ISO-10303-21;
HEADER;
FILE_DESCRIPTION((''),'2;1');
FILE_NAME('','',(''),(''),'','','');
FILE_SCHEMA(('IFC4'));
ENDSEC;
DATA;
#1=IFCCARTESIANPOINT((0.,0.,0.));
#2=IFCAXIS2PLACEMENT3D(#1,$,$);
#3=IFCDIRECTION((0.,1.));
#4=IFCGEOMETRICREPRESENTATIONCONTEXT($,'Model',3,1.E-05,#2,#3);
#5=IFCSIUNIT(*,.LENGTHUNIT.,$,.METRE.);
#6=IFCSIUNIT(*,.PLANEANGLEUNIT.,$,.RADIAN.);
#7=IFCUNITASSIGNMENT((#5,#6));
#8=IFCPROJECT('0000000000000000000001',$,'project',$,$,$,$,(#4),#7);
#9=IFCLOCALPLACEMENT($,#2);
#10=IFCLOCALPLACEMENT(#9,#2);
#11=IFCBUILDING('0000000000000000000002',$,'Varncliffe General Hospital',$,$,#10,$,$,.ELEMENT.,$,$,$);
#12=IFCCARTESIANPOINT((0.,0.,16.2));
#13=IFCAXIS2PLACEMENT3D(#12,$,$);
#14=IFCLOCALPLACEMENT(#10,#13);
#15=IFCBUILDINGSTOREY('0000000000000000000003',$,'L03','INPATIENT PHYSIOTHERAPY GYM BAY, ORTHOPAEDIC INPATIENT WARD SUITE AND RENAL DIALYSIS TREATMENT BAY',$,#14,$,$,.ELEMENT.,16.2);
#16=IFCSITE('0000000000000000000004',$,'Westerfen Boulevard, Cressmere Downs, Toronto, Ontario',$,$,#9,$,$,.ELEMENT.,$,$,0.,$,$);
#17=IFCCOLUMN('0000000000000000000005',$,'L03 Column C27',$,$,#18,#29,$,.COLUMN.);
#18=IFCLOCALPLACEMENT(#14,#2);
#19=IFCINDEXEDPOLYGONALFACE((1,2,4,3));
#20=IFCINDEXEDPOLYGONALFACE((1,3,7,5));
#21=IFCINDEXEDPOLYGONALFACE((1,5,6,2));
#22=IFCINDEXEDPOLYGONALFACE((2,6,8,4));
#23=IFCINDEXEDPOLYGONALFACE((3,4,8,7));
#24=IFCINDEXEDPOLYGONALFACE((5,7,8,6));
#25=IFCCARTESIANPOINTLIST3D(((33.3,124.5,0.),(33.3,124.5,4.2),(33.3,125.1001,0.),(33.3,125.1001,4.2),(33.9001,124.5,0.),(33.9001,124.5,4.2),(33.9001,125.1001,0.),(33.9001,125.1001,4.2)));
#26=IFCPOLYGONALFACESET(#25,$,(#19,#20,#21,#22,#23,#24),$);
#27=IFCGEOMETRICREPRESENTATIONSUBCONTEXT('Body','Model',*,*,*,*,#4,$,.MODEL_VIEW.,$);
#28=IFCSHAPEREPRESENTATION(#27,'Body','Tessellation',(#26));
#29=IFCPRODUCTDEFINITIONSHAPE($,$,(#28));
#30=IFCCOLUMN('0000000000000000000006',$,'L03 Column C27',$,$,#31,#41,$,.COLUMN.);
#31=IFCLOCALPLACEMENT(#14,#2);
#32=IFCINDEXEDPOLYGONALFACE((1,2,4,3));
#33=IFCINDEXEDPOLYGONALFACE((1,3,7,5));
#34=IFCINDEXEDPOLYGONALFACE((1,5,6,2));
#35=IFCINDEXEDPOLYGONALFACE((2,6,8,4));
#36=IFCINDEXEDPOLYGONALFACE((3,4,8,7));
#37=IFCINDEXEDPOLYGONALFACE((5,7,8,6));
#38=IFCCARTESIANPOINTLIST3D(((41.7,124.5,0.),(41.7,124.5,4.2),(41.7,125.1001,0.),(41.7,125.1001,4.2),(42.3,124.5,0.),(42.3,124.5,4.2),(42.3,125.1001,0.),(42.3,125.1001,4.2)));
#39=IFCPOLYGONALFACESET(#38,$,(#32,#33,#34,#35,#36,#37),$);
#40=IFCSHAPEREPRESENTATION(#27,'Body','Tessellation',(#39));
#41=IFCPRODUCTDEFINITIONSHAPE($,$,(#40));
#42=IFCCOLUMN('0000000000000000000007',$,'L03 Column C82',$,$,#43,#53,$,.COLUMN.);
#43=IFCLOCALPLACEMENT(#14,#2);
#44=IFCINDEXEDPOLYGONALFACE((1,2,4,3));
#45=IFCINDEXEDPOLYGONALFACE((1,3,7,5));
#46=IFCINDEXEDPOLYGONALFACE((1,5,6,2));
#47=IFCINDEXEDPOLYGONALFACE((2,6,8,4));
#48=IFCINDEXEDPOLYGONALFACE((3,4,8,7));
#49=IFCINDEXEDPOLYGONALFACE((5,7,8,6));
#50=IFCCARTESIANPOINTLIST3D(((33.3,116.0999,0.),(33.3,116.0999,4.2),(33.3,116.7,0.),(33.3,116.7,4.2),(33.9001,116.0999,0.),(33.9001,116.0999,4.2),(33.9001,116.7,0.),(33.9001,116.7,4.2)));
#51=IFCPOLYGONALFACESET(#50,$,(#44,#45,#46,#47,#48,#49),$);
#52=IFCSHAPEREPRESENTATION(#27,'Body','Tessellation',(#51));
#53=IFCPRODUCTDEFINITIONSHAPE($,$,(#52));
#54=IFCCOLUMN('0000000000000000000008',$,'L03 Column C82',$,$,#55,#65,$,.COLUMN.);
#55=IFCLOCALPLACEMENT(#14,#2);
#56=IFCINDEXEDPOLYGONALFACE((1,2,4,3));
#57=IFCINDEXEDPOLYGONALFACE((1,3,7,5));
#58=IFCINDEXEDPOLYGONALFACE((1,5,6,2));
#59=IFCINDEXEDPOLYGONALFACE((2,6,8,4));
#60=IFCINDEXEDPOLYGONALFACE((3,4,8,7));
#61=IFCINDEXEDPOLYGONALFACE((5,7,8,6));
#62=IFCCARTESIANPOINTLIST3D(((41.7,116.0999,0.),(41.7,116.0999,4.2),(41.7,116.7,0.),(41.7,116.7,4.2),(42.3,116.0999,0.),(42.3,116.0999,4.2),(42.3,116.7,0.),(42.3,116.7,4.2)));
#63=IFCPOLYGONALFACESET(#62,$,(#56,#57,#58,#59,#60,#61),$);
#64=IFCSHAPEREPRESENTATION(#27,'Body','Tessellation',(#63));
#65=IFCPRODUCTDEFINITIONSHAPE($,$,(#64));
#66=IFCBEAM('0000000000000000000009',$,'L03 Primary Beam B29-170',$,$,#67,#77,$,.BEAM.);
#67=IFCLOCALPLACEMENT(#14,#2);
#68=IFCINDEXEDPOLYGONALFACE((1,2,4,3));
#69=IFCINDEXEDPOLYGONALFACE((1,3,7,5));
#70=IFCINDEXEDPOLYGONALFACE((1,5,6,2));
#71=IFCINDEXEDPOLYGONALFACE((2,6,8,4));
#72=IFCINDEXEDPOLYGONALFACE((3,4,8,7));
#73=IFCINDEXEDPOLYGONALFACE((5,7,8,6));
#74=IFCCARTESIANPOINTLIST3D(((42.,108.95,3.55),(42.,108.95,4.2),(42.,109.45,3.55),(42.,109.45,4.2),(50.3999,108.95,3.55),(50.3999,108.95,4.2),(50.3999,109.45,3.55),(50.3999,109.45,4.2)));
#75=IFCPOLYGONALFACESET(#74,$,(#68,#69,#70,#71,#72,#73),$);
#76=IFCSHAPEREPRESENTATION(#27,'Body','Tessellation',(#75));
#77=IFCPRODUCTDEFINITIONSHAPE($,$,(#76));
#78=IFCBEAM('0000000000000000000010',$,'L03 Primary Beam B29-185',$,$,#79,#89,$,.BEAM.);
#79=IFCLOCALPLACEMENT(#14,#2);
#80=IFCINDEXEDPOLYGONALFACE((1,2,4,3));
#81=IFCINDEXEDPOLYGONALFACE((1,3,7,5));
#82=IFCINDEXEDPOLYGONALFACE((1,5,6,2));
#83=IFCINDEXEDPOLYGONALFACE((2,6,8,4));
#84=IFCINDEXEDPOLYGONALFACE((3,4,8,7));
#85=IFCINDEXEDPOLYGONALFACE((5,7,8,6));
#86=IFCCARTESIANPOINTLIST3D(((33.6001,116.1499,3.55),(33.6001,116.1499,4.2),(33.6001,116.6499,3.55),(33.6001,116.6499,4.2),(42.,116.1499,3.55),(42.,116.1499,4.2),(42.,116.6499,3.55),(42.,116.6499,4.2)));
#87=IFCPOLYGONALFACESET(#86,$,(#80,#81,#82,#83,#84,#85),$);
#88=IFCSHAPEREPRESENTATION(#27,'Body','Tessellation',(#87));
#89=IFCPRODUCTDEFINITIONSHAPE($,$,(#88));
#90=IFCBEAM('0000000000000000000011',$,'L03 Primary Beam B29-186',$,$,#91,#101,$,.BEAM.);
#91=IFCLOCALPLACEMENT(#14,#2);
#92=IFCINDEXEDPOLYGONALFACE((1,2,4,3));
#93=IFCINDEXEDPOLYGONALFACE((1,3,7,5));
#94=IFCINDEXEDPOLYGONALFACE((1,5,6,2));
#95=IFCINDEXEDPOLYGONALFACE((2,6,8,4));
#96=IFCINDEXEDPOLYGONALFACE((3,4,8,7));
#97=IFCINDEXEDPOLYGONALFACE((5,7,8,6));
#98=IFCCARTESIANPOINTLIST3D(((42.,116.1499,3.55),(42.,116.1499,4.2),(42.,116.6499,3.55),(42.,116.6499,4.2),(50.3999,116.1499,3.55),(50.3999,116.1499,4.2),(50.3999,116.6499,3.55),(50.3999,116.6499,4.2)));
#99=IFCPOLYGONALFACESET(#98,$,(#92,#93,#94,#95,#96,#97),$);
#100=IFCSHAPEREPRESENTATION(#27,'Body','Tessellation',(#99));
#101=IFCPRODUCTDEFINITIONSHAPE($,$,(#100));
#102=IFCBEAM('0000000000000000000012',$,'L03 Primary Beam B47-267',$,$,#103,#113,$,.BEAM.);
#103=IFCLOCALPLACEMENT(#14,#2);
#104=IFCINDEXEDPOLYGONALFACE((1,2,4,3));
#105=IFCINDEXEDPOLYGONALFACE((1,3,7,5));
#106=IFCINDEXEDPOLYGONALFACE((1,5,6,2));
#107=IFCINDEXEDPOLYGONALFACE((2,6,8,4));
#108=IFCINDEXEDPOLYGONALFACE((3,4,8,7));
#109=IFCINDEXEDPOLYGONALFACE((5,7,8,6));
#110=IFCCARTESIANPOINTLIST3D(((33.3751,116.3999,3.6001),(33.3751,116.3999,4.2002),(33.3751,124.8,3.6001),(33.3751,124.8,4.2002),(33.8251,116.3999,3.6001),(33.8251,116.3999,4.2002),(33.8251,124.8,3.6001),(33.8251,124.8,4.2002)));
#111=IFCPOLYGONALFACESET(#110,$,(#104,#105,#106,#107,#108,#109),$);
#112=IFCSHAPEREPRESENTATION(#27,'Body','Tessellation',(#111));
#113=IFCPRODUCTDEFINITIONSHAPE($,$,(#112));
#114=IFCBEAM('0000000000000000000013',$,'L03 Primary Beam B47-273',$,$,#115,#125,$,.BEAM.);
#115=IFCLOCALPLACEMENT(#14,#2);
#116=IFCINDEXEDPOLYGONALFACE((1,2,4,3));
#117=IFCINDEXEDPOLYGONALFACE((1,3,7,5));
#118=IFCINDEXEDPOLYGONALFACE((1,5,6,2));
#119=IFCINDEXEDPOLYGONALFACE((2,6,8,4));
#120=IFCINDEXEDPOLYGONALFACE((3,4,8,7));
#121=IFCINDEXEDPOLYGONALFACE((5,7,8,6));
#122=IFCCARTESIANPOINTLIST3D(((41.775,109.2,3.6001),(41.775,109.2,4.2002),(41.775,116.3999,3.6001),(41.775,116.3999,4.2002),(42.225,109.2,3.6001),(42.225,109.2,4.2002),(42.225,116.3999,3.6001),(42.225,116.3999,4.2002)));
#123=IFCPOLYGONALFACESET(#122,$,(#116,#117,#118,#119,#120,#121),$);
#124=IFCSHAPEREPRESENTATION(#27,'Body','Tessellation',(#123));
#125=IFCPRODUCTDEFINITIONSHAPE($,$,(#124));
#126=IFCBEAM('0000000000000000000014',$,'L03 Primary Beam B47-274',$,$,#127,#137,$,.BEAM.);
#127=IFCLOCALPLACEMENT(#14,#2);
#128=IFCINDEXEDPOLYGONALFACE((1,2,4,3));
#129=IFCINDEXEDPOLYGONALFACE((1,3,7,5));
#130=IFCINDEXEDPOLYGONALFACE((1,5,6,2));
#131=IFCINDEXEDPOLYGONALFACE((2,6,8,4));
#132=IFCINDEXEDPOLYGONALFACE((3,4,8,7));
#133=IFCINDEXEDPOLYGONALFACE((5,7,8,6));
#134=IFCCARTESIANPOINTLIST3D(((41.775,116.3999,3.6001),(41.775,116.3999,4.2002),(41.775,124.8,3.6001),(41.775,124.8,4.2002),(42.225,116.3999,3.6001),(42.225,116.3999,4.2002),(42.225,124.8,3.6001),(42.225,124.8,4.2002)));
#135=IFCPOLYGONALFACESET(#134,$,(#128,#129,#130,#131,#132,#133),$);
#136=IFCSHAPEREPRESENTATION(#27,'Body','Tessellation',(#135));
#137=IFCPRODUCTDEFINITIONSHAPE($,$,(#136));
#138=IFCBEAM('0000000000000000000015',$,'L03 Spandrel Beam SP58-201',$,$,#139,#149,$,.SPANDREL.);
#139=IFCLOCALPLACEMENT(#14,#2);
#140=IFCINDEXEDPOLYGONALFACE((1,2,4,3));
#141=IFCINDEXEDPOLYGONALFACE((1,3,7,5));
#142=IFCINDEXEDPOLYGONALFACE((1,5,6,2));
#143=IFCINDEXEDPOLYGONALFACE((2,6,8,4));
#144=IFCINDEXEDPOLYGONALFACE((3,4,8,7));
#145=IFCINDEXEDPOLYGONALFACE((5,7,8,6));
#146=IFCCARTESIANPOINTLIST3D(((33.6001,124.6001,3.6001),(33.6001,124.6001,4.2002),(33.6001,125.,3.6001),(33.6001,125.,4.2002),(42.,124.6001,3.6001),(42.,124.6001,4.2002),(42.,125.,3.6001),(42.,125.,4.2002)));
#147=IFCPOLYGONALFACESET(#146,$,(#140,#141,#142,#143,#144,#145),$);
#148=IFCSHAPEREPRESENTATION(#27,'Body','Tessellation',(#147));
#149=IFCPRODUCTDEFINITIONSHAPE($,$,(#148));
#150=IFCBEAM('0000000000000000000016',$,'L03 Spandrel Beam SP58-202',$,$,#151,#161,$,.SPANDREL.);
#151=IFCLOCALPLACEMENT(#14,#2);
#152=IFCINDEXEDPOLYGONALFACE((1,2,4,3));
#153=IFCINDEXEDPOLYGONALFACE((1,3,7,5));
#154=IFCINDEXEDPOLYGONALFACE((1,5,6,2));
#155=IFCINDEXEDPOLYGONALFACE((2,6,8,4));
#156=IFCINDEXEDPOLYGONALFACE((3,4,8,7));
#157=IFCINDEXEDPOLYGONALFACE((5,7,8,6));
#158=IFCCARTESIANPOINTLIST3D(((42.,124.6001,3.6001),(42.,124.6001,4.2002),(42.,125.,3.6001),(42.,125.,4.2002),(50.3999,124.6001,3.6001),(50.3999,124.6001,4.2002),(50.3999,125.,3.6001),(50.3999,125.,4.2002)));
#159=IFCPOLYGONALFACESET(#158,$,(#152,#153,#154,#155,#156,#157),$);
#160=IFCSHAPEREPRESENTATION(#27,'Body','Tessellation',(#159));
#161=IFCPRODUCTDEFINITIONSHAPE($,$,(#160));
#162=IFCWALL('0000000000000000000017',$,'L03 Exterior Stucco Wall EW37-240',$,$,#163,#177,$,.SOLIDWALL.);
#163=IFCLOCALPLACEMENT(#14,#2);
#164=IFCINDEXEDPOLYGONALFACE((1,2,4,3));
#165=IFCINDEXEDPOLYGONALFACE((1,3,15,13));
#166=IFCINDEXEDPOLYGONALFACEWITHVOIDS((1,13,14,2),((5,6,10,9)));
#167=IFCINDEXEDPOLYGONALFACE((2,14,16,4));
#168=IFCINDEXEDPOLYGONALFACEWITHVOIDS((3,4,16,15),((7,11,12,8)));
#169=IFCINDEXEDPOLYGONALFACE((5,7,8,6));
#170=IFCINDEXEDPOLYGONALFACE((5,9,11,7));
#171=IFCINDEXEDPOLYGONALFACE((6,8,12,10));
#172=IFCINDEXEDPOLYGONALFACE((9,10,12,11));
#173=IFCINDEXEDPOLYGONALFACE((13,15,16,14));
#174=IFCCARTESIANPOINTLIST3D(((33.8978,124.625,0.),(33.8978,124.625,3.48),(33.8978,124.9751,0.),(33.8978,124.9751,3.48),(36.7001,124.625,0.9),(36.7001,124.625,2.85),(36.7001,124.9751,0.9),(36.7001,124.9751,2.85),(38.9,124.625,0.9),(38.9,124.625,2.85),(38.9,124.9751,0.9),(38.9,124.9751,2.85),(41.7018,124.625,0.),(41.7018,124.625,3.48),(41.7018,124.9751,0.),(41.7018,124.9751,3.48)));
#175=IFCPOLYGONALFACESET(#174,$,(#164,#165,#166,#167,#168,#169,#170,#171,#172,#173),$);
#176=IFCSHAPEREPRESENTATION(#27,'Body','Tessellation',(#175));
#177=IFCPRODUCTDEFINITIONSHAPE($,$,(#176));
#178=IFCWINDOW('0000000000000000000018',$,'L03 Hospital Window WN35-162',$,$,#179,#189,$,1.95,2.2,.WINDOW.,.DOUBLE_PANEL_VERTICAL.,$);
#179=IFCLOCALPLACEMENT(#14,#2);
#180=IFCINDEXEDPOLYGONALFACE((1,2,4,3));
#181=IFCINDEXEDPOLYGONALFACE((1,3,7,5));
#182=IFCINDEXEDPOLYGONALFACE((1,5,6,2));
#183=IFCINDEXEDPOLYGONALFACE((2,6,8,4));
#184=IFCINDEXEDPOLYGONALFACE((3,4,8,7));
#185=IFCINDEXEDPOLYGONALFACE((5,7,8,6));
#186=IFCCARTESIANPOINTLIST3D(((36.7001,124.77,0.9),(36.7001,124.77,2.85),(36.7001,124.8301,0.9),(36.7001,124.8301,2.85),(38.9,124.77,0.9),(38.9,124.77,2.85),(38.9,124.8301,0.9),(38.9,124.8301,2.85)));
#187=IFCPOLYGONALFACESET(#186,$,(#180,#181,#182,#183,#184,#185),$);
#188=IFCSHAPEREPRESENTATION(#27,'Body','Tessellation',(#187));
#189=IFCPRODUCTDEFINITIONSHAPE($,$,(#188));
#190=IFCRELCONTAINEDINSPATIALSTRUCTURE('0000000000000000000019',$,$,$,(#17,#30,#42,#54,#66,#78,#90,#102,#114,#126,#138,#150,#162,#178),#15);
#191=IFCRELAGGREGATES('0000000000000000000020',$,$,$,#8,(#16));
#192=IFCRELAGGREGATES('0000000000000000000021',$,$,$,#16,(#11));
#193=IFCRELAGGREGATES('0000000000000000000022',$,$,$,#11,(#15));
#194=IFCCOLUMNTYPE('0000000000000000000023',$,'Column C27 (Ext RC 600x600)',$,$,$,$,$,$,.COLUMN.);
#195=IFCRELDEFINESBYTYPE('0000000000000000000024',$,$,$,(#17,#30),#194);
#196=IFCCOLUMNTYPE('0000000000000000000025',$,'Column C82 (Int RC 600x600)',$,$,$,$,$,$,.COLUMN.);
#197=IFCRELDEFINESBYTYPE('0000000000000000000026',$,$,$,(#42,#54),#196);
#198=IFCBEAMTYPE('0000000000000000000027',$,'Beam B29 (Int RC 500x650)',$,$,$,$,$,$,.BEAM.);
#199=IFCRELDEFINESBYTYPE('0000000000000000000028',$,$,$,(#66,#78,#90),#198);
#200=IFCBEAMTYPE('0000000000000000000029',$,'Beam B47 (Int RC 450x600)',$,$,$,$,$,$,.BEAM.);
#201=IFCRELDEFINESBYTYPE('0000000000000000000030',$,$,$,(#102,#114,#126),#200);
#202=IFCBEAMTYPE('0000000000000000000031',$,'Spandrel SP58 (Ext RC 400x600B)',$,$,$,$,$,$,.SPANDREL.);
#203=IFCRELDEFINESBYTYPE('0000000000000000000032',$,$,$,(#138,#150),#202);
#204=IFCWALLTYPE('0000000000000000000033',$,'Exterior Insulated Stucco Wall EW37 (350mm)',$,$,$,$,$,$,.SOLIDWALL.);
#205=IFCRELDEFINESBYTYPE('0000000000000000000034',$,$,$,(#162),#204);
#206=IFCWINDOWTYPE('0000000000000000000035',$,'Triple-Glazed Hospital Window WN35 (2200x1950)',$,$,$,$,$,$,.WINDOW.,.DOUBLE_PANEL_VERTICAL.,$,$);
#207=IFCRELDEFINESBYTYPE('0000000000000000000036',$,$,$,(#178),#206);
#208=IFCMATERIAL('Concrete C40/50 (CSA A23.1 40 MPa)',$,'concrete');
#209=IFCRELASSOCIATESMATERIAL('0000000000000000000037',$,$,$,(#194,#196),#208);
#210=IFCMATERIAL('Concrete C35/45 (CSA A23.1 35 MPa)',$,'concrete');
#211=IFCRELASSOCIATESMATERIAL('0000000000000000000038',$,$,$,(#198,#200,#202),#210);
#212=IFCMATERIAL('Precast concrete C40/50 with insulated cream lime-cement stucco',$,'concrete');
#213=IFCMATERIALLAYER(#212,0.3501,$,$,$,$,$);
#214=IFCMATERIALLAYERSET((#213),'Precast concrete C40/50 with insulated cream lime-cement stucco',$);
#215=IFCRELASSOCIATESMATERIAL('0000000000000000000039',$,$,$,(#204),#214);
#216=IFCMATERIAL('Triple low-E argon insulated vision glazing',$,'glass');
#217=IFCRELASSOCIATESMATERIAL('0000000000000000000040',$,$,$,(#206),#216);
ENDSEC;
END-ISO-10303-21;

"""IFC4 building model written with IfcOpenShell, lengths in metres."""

from ifc_helpers import new_model, si_unit, direction, frame, frame_2d, origin, origin_2d, place, context, subcontext, project, spatial, rectangle, extrude, material, layer, layer_set, material_profile, profile_set, type_object, element, fill, save


model = new_model("IFC4")

# Units and contexts
model_context = context("Model", 3, precision=1e-05, world=origin(), true_north=direction((0.0, 1.0)))
body_context = subcontext(model_context, "Body", "Model", "MODEL_VIEW")
ifc_project = project(units=[si_unit("LENGTHUNIT", "METRE"), si_unit("PLANEANGLEUNIT", "RADIAN")], contexts=[model_context])

# Site, building, storey
site_placement = place(None, origin())
site = spatial("IfcSite", under=ifc_project, at=site_placement, Name="Westerfen Boulevard, Cressmere Downs, Toronto, Ontario", CompositionType="ELEMENT", RefElevation=0.0)
building_placement = place(site_placement, origin())
building = spatial("IfcBuilding", under=site, at=building_placement, Name="Varncliffe General Hospital", CompositionType="ELEMENT")
storey_placement = place(building_placement, frame((0.0, 0.0, 16.2)))
storey = spatial("IfcBuildingStorey", under=building, at=storey_placement, Name="L03", Description="INPATIENT PHYSIOTHERAPY GYM BAY, ORTHOPAEDIC INPATIENT WARD SUITE AND RENAL DIALYSIS TREATMENT BAY", CompositionType="ELEMENT", Elevation=16.2)

# Columns
ifc_material_1 = material(Name="Concrete C40/50 (CSA A23.1 40 MPa)", Category="concrete")
ifc_material_profile_1 = material_profile(ifc_material_1, rectangle(XDim=0.6001, YDim=0.6001, at=origin_2d()), Name="RC 600x600")
ifc_profile_set_1 = profile_set([ifc_material_profile_1], Name="Concrete C40/50 (CSA A23.1 40 MPa)")
column_type_1 = type_object("IfcColumnType", Name="Column C27 (Ext RC 600x600)", PredefinedType="COLUMN", material=ifc_profile_set_1)
for number, where, z_axis, x_axis, name in (
    (1, (33.6001, 124.8, 0.0), (0.0, 0.0, 1.0), (1.0, 0.0, 0.0), "L03 Column C27"),
    (2, (42.0, 124.8, 0.0), (0.0, 0.0, 1.0), (1.0, 0.0, 0.0), "L03 Column C27"),
):
    element("IfcColumn", number, at=place(storey_placement, frame(where, z_axis=z_axis, x_axis=x_axis)), inside=storey, type_object=column_type_1, Name=name, PredefinedType="COLUMN", context=body_context, shape_type="SweptSolid", body=[
        extrude(rectangle(XDim=0.6001, YDim=0.6001, at=origin_2d()), origin(), (0.0, 0.0, 1.0), 4.2),
    ])
ifc_material_profile_2 = material_profile(ifc_material_1, rectangle(XDim=0.6001, YDim=0.6001, at=origin_2d()), Name="RC 600x600")
ifc_profile_set_2 = profile_set([ifc_material_profile_2], Name="Concrete C40/50 (CSA A23.1 40 MPa)")
column_type_2 = type_object("IfcColumnType", Name="Column C82 (Int RC 600x600)", PredefinedType="COLUMN", material=ifc_profile_set_2)
for number, where, z_axis, x_axis, name in (
    (3, (33.6001, 116.3999, 0.0), (0.0, 0.0, 1.0), (1.0, 0.0, 0.0), "L03 Column C82"),
    (4, (42.0, 116.3999, 0.0), (0.0, 0.0, 1.0), (1.0, 0.0, 0.0), "L03 Column C82"),
):
    element("IfcColumn", number, at=place(storey_placement, frame(where, z_axis=z_axis, x_axis=x_axis)), inside=storey, type_object=column_type_2, Name=name, PredefinedType="COLUMN", context=body_context, shape_type="SweptSolid", body=[
        extrude(rectangle(XDim=0.6001, YDim=0.6001, at=origin_2d()), origin(), (0.0, 0.0, 1.0), 4.2),
    ])

# Beams
ifc_material_2 = material(Name="Concrete C35/45 (CSA A23.1 35 MPa)", Category="concrete")
ifc_material_profile_3 = material_profile(ifc_material_2, rectangle(XDim=0.5, YDim=0.6499, at=origin_2d()), Name="RC 500x650")
ifc_profile_set_3 = profile_set([ifc_material_profile_3], Name="Concrete C35/45 (CSA A23.1 35 MPa)")
beam_type_1 = type_object("IfcBeamType", Name="Beam B29 (Int RC 500x650)", PredefinedType="BEAM", material=ifc_profile_set_3)
for number, where, z_axis, x_axis, name in (
    (5, (42.0, 109.2, 3.875), (1.0, 0.0, 0.0), (0.0, 1.0, 0.0), "L03 Primary Beam B29-170"),
    (6, (33.6001, 116.3999, 3.875), (1.0, 0.0, 0.0), (0.0, 1.0, 0.0), "L03 Primary Beam B29-185"),
    (7, (42.0, 116.3999, 3.875), (1.0, 0.0, 0.0), (0.0, 1.0, 0.0), "L03 Primary Beam B29-186"),
):
    element("IfcBeam", number, at=place(storey_placement, frame(where, z_axis=z_axis, x_axis=x_axis)), inside=storey, type_object=beam_type_1, Name=name, PredefinedType="BEAM", context=body_context, shape_type="SweptSolid", body=[
        extrude(rectangle(XDim=0.5, YDim=0.6499, at=origin_2d()), origin(), (0.0, 0.0, 1.0), 8.3999),
    ])
ifc_material_profile_4 = material_profile(ifc_material_2, rectangle(XDim=0.45, YDim=0.6001, at=origin_2d()), Name="RC 450x600")
ifc_profile_set_4 = profile_set([ifc_material_profile_4], Name="Concrete C35/45 (CSA A23.1 35 MPa)")
beam_type_2 = type_object("IfcBeamType", Name="Beam B47 (Int RC 450x600)", PredefinedType="BEAM", material=ifc_profile_set_4)
beam_1_placement = place(storey_placement, frame((33.6001, 116.3999, 3.9001), z_axis=(0.0, 1.0, 0.0), x_axis=(-1.0, 0.0, 0.0)))
element("IfcBeam", 8, at=beam_1_placement, inside=storey, type_object=beam_type_2, Name="L03 Primary Beam B47-267", PredefinedType="BEAM", context=body_context, shape_type="SweptSolid", body=[
    extrude(rectangle(XDim=0.45, YDim=0.6001, at=origin_2d()), origin(), (0.0, 0.0, 1.0), 8.4001),
])
beam_2_placement = place(storey_placement, frame((42.0, 109.2, 3.9001), z_axis=(0.0, 1.0, 0.0), x_axis=(-1.0, 0.0, 0.0)))
element("IfcBeam", 9, at=beam_2_placement, inside=storey, type_object=beam_type_2, Name="L03 Primary Beam B47-273", PredefinedType="BEAM", context=body_context, shape_type="SweptSolid", body=[
    extrude(rectangle(XDim=0.45, YDim=0.6001, at=origin_2d()), origin(), (0.0, 0.0, 1.0), 7.2),
])
beam_3_placement = place(storey_placement, frame((42.0, 116.3999, 3.9001), z_axis=(0.0, 1.0, 0.0), x_axis=(-1.0, 0.0, 0.0)))
element("IfcBeam", 10, at=beam_3_placement, inside=storey, type_object=beam_type_2, Name="L03 Primary Beam B47-274", PredefinedType="BEAM", context=body_context, shape_type="SweptSolid", body=[
    extrude(rectangle(XDim=0.45, YDim=0.6001, at=origin_2d()), origin(), (0.0, 0.0, 1.0), 8.4001),
])
ifc_material_profile_5 = material_profile(ifc_material_2, rectangle(XDim=0.3999, YDim=0.6001, at=origin_2d()), Name="RC 400x600")
ifc_profile_set_5 = profile_set([ifc_material_profile_5], Name="Concrete C35/45 (CSA A23.1 35 MPa)")
beam_type_3 = type_object("IfcBeamType", Name="Spandrel SP58 (Ext RC 400x600B)", PredefinedType="SPANDREL", material=ifc_profile_set_5)
for number, where, z_axis, x_axis, name in (
    (11, (33.6001, 124.8, 3.9001), (1.0, 0.0, 0.0), (0.0, 1.0, 0.0), "L03 Spandrel Beam SP58-201"),
    (12, (42.0, 124.8, 3.9001), (1.0, 0.0, 0.0), (0.0, 1.0, 0.0), "L03 Spandrel Beam SP58-202"),
):
    element("IfcBeam", number, at=place(storey_placement, frame(where, z_axis=z_axis, x_axis=x_axis)), inside=storey, type_object=beam_type_3, Name=name, PredefinedType="SPANDREL", context=body_context, shape_type="SweptSolid", body=[
        extrude(rectangle(XDim=0.3999, YDim=0.6001, at=origin_2d()), origin(), (0.0, 0.0, 1.0), 8.3999),
    ])

# Wall, opening, window
ifc_material_3 = material(Name="Precast concrete C40/50 with insulated cream lime-cement stucco", Category="concrete")
ifc_layer_1 = layer(ifc_material_3, 0.3501)
ifc_layer_set_1 = layer_set([ifc_layer_1], Name="Precast concrete C40/50 with insulated cream lime-cement stucco")
wall_type_1 = type_object("IfcWallType", Name="Exterior Insulated Stucco Wall EW37 (350mm)", PredefinedType="SOLIDWALL", material=ifc_layer_set_1)
wall_1_placement = place(storey_placement, frame((33.8979, 124.8, 0.0), z_axis=(0.0, 0.0, 1.0), x_axis=(1.0, 0.0, 0.0)))
wall_1 = element("IfcWall", 13, at=wall_1_placement, inside=storey, type_object=wall_type_1, Name="L03 Exterior Stucco Wall EW37-240", PredefinedType="SOLIDWALL", context=body_context, shape_type="SweptSolid", body=[
    extrude(rectangle(XDim=7.804, YDim=0.3501, at=frame_2d((3.9019, 0.0))), origin(), (0.0, 0.0, 1.0), 3.48),
])
opening_1_placement = place(wall_1_placement, frame((2.802, 0.0, 0.8999)))
opening_1 = element("IfcOpeningElement", 14, at=opening_1_placement, cuts=wall_1, PredefinedType="OPENING", context=body_context, shape_type="SweptSolid", body=[
    extrude(rectangle(XDim=2.2, YDim=1.95, at=frame_2d((1.1001, 0.9751))), frame((0.0, 0.1851, 0.0), z_axis=(0.0, -1.0, 0.0), x_axis=(1.0, 0.0, 0.0)), (0.0, 0.0, 1.0), 0.3701),
])
ifc_material_4 = material(Name="Triple low-E argon insulated vision glazing", Category="glass")
window_type = type_object("IfcWindowType", Name="Triple-Glazed Hospital Window WN35 (2200x1950)", PartitioningType="DOUBLE_PANEL_VERTICAL", PredefinedType="WINDOW", material=ifc_material_4)
window_placement = place(opening_1_placement, origin())
window = element("IfcWindow", 15, at=window_placement, inside=storey, type_object=window_type, Name="L03 Hospital Window WN35-162", OverallHeight=1.95, OverallWidth=2.2, PartitioningType="DOUBLE_PANEL_VERTICAL", PredefinedType="WINDOW", context=body_context, shape_type="SweptSolid", body=[
    extrude(rectangle(XDim=2.2, YDim=1.95, at=frame_2d((1.1001, 0.9751))), frame((0.0, 0.03, 0.0), z_axis=(0.0, -1.0, 0.0), x_axis=(1.0, 0.0, 0.0)), (0.0, 0.0, 1.0), 0.0601),
])
fill(opening_1, window)

save(model, "model.ifc")
